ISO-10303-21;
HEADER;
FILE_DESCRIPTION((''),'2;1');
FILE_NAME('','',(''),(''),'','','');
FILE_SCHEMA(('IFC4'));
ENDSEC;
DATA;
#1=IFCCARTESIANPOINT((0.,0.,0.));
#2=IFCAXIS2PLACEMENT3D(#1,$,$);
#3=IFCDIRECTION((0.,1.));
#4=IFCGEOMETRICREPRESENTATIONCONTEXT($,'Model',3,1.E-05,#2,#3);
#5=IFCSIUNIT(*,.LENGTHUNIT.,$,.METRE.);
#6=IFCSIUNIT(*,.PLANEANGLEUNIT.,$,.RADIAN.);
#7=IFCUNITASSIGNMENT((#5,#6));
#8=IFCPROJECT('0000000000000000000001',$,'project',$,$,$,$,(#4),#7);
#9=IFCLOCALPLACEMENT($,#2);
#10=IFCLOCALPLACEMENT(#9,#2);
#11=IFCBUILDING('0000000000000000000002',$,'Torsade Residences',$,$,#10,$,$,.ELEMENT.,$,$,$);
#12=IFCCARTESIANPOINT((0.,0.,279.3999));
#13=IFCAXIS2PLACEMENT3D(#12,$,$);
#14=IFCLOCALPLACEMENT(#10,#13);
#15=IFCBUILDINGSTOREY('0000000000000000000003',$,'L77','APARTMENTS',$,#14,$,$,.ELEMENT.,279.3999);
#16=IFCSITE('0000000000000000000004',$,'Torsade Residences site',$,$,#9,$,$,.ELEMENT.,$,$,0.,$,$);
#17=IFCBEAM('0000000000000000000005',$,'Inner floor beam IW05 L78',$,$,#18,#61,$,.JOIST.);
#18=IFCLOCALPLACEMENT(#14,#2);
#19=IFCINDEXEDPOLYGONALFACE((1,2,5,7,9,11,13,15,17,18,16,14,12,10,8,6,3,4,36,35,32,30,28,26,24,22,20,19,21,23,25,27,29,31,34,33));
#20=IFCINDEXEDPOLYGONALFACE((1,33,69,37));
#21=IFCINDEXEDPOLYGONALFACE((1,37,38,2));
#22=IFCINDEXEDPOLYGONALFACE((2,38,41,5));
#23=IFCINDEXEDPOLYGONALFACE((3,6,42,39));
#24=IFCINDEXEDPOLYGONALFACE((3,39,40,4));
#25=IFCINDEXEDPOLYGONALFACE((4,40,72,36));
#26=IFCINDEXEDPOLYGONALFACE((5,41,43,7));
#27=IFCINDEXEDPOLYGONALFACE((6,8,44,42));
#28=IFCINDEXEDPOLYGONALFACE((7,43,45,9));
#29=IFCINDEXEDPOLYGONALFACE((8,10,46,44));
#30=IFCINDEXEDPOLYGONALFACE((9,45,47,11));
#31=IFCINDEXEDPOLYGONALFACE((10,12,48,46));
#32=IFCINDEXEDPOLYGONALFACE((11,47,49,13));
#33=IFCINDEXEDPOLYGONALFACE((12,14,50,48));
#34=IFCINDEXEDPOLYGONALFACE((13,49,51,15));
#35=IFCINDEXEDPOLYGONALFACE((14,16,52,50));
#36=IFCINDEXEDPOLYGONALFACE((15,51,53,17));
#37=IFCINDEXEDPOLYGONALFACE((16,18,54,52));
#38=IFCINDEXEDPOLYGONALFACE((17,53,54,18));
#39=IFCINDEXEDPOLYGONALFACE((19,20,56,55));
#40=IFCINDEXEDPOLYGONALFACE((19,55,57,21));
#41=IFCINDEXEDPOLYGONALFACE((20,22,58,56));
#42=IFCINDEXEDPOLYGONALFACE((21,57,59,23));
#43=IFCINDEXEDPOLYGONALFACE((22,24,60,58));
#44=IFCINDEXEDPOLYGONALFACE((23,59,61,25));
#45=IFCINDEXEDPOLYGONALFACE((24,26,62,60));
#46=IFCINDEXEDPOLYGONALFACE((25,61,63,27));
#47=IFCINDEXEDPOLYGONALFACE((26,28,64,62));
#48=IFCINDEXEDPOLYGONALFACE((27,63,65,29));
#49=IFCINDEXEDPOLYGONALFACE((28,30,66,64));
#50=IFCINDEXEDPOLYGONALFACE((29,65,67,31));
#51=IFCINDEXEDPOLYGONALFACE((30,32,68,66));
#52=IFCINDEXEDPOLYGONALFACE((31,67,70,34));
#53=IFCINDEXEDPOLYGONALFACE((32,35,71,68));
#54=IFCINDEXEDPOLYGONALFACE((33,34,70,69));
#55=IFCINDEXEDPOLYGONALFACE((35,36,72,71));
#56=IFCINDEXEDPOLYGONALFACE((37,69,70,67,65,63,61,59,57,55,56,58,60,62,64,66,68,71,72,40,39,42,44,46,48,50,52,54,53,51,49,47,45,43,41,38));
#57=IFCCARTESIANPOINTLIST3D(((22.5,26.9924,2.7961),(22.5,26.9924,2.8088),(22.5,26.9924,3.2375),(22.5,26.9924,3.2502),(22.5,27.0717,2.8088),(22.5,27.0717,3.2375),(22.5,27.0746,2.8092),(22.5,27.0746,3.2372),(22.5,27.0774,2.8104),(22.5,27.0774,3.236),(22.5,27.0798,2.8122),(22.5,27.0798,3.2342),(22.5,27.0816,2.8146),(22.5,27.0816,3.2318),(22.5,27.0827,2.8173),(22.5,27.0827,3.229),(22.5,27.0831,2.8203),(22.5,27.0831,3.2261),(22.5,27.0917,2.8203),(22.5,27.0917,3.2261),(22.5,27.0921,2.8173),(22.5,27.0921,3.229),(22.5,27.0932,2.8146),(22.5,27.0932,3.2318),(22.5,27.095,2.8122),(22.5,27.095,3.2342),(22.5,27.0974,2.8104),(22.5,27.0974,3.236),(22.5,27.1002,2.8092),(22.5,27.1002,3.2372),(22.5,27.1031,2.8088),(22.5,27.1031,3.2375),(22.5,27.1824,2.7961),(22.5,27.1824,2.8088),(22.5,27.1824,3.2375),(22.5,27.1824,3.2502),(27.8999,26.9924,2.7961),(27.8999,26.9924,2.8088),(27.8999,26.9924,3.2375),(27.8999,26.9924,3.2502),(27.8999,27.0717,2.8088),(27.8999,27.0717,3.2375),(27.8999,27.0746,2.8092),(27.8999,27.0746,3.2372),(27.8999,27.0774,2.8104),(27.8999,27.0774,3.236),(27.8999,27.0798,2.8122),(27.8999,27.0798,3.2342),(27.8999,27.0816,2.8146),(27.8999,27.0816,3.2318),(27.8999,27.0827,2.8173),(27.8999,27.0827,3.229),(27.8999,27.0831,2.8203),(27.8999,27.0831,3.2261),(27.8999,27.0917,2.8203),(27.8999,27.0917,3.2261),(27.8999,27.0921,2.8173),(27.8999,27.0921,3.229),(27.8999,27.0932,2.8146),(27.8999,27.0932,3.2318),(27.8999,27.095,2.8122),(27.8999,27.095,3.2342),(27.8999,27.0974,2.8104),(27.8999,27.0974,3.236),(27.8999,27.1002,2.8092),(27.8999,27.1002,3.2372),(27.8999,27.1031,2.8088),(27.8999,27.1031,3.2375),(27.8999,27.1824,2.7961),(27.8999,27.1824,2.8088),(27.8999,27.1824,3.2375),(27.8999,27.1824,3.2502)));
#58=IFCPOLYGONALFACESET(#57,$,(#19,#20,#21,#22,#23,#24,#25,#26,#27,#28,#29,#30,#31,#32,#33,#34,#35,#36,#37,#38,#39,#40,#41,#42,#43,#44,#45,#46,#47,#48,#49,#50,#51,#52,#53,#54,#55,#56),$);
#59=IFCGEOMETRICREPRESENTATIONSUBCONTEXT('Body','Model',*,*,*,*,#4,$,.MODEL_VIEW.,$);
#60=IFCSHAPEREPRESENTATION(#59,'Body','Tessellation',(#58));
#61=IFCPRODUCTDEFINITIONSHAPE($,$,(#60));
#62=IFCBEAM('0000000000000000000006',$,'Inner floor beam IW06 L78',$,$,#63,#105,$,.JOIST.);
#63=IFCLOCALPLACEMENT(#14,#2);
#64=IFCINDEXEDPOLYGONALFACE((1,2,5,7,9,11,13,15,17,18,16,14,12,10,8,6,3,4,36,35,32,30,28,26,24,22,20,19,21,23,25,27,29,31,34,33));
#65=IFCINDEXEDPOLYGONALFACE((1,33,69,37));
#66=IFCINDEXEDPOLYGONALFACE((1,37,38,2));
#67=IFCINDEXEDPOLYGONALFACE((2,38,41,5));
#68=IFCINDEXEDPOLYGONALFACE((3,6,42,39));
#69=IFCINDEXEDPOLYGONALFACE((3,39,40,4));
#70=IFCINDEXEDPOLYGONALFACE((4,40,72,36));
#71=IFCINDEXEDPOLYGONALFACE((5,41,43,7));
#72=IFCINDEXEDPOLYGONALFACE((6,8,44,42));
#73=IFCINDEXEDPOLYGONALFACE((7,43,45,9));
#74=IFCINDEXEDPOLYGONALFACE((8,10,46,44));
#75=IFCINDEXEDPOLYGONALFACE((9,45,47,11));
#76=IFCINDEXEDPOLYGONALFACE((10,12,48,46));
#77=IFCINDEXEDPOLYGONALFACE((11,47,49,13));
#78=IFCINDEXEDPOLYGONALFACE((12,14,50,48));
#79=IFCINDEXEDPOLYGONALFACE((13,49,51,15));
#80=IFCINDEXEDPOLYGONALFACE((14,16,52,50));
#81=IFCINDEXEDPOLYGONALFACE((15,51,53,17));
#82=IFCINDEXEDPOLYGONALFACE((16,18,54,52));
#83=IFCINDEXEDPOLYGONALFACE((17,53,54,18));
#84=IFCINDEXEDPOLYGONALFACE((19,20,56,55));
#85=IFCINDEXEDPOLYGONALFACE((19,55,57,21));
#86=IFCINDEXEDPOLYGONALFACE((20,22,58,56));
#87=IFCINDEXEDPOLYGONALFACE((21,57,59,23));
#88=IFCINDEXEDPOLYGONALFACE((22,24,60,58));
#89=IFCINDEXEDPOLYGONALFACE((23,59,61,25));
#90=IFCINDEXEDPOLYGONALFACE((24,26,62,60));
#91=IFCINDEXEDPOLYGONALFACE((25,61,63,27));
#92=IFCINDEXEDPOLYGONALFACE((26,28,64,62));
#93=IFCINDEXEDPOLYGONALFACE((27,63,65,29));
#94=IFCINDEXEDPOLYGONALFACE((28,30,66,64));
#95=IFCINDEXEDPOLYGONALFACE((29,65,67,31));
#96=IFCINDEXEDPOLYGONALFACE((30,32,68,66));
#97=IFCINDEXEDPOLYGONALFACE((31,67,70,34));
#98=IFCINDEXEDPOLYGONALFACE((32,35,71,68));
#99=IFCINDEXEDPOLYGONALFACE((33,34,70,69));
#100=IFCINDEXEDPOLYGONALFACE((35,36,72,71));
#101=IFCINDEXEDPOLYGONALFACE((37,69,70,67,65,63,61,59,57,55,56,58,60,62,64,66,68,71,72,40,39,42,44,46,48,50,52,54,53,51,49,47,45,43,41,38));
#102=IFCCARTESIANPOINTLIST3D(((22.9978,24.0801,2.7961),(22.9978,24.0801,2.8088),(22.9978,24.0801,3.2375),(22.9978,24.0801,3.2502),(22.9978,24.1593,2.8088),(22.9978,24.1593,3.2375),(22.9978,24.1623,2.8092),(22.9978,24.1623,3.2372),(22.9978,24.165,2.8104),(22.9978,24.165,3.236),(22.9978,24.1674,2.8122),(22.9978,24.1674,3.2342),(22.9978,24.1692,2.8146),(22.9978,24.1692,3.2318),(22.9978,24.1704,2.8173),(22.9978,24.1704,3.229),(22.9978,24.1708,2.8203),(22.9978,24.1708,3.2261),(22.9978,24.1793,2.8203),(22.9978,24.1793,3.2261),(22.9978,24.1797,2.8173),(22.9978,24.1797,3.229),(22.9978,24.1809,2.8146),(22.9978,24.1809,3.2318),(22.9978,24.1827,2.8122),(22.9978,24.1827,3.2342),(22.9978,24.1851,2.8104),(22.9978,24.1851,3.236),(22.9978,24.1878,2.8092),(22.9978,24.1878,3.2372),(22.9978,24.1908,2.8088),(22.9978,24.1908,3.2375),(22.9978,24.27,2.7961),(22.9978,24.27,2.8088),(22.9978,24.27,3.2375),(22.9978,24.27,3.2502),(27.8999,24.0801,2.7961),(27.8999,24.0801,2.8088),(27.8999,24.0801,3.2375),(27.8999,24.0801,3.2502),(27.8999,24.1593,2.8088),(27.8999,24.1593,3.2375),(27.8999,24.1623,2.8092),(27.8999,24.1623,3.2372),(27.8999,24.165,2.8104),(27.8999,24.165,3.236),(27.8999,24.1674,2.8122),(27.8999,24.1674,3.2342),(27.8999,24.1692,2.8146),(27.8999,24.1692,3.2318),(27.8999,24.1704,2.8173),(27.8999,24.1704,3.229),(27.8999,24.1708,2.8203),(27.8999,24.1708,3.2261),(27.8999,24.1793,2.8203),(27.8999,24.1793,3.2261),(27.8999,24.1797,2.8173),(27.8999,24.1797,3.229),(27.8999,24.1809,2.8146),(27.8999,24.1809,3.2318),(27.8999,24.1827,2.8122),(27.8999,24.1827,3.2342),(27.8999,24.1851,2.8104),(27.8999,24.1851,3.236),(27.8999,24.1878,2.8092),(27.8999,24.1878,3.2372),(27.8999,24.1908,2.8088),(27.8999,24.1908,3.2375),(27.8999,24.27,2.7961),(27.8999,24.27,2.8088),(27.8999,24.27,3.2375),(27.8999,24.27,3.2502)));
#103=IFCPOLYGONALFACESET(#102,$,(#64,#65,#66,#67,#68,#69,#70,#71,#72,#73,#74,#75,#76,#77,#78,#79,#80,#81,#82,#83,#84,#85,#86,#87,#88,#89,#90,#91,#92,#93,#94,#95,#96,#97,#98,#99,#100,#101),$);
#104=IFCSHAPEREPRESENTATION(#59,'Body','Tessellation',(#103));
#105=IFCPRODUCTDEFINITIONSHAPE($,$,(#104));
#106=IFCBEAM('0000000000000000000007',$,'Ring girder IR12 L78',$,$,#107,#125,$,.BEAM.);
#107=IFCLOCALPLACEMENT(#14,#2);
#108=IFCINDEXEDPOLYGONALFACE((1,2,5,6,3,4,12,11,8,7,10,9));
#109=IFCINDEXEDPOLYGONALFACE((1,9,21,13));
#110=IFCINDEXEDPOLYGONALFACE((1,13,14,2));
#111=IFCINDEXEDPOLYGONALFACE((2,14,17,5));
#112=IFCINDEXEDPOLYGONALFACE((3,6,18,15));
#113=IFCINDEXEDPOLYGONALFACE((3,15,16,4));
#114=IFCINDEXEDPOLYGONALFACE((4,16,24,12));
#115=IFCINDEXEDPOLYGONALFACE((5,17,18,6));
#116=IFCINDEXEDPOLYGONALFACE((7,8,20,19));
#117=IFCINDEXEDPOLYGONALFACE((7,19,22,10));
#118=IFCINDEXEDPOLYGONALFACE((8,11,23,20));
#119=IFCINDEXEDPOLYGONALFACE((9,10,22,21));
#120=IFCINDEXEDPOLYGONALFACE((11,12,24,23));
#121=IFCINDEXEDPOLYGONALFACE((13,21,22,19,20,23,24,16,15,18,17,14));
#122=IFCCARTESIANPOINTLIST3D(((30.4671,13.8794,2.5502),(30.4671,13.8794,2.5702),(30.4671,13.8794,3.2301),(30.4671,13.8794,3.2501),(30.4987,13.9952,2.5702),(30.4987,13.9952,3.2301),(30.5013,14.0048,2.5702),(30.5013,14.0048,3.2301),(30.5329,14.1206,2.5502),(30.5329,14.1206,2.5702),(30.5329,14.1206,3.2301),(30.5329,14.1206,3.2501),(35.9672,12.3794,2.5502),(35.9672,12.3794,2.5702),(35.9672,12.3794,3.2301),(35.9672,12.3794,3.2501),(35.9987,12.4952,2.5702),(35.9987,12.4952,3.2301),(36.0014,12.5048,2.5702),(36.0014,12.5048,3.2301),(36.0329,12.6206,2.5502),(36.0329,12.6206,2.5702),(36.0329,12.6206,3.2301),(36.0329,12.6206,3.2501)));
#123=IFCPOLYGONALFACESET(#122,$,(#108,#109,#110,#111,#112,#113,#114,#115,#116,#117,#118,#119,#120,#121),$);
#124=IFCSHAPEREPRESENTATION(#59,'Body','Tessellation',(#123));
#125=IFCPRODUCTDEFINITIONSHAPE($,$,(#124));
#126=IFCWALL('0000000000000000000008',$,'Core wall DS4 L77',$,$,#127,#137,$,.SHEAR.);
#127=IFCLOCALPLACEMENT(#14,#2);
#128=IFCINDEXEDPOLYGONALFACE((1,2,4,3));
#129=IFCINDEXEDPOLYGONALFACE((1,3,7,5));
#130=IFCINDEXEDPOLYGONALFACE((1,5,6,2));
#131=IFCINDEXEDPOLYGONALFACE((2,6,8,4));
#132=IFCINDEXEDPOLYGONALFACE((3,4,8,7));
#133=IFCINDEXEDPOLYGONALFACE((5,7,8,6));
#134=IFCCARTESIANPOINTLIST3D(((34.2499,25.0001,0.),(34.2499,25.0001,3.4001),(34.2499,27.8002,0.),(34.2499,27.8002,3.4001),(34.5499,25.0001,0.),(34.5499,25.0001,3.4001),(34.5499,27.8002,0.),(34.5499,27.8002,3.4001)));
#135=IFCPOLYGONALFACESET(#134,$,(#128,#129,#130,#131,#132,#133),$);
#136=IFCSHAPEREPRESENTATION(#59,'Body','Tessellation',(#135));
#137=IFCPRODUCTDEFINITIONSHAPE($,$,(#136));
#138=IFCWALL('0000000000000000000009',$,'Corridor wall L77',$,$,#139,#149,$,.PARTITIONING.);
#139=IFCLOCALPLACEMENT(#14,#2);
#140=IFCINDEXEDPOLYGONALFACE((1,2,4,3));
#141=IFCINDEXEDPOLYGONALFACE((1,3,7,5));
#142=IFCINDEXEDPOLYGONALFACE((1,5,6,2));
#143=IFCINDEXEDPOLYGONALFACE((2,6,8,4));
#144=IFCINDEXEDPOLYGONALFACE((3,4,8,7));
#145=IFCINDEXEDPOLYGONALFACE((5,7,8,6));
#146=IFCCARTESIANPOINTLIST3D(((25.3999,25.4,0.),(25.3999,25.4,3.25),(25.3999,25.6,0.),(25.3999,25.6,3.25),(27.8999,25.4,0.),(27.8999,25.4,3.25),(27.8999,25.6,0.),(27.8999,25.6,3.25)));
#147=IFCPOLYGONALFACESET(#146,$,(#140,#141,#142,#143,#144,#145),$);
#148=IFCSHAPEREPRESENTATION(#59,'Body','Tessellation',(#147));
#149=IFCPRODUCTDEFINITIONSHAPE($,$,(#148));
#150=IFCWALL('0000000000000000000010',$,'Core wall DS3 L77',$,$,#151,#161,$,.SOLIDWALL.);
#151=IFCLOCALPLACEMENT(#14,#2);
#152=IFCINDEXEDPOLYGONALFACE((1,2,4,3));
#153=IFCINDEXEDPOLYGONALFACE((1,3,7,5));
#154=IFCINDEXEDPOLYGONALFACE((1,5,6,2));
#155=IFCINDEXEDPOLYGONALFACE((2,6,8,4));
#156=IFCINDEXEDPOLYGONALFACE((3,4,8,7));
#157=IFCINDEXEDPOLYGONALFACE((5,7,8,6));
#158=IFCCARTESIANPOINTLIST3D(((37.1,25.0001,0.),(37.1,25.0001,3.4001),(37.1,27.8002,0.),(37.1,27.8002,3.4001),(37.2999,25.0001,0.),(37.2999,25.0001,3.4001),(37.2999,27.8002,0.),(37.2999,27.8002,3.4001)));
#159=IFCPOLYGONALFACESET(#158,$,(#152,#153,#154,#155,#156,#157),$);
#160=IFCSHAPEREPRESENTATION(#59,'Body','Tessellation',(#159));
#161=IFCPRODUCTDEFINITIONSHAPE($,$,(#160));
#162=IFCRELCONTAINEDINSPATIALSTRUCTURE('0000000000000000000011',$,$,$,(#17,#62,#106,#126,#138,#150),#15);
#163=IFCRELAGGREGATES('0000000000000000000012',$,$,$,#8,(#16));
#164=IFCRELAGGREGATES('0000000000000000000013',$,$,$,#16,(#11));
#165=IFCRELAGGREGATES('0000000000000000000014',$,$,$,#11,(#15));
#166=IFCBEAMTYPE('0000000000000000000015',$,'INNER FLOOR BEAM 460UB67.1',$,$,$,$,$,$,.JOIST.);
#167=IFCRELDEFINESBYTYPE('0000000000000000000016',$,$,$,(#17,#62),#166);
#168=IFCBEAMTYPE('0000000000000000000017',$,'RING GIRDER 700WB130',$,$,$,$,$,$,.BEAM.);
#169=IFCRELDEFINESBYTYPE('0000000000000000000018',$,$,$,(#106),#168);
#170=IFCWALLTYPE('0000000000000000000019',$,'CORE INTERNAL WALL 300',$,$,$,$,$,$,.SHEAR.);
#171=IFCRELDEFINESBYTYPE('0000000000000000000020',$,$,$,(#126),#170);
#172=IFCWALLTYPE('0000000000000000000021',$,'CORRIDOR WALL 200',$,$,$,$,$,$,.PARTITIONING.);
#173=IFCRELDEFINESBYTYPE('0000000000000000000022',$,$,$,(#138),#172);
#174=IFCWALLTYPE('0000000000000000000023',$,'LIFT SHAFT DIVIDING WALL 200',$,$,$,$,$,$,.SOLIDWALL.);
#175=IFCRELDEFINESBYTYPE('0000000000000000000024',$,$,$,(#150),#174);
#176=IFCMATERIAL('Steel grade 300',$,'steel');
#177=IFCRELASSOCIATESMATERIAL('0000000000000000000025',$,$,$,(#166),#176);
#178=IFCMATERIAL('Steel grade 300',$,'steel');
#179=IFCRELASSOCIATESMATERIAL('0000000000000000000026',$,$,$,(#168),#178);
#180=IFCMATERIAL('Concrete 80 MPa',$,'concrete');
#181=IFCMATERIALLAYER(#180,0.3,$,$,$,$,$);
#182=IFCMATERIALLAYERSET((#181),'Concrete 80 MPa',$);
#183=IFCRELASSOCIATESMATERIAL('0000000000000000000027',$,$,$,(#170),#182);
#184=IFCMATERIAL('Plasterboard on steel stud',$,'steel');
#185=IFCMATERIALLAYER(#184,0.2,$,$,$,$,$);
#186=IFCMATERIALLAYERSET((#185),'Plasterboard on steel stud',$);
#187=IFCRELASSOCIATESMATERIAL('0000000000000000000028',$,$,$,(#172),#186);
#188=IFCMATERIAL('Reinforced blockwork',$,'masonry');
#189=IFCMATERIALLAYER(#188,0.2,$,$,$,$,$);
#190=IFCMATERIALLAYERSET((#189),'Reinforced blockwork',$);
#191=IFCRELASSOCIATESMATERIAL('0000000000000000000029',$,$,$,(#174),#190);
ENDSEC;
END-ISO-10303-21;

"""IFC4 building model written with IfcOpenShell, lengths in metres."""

from ifc_helpers import new_model, si_unit, direction, frame, frame_2d, origin, origin_2d, place, context, subcontext, project, spatial, rectangle, i_section, extrude, material, layer, layer_set, material_profile, profile_set, type_object, element, save


model = new_model("IFC4")

# Units and contexts
model_context = context("Model", 3, precision=1e-05, world=origin(), true_north=direction((0.0, 1.0)))
body_context = subcontext(model_context, "Body", "Model", "MODEL_VIEW")
ifc_project = project(units=[si_unit("LENGTHUNIT", "METRE"), si_unit("PLANEANGLEUNIT", "RADIAN")], contexts=[model_context])

# Site, building, storey
site_placement = place(None, origin())
site = spatial("IfcSite", under=ifc_project, at=site_placement, Name="Torsade Residences site", CompositionType="ELEMENT", RefElevation=0.0)
building_placement = place(site_placement, origin())
building = spatial("IfcBuilding", under=site, at=building_placement, Name="Torsade Residences", CompositionType="ELEMENT")
storey_placement = place(building_placement, frame((0.0, 0.0, 279.3999)))
storey = spatial("IfcBuildingStorey", under=building, at=storey_placement, Name="L77", Description="APARTMENTS", CompositionType="ELEMENT", Elevation=279.3999)

# Beams
ifc_material_1 = material(Name="Steel grade 300", Category="steel")
ifc_material_profile_1 = material_profile(ifc_material_1, i_section(OverallWidth=0.1899, OverallDepth=0.4541, WebThickness=0.0085, FlangeThickness=0.0127, FilletRadius=0.0115, at=origin_2d()), Name="460UB67.1")
ifc_profile_set_1 = profile_set([ifc_material_profile_1], Name="Steel grade 300")
beam_type_1 = type_object("IfcBeamType", Name="INNER FLOOR BEAM 460UB67.1", PredefinedType="JOIST", material=ifc_profile_set_1)
beam_1_placement = place(storey_placement, frame((27.8999, 27.0874, 3.0232), z_axis=(-1.0, 0.0, 0.0), x_axis=(0.0, -1.0, 0.0)))
element("IfcBeam", 1, at=beam_1_placement, inside=storey, type_object=beam_type_1, Name="Inner floor beam IW05 L78", PredefinedType="JOIST", context=body_context, shape_type="SweptSolid", body=[
    extrude(i_section(OverallWidth=0.1899, OverallDepth=0.4541, WebThickness=0.0085, FlangeThickness=0.0127, FilletRadius=0.0115, at=origin_2d()), origin(), (0.0, 0.0, 1.0), 5.3999),
])
beam_2_placement = place(storey_placement, frame((27.8999, 24.175, 3.0232), z_axis=(-1.0, 0.0, 0.0), x_axis=(0.0, -1.0, 0.0)))
element("IfcBeam", 2, at=beam_2_placement, inside=storey, type_object=beam_type_1, Name="Inner floor beam IW06 L78", PredefinedType="JOIST", context=body_context, shape_type="SweptSolid", body=[
    extrude(i_section(OverallWidth=0.1899, OverallDepth=0.4541, WebThickness=0.0085, FlangeThickness=0.0127, FilletRadius=0.0115, at=origin_2d()), origin(), (0.0, 0.0, 1.0), 4.9021),
])
ifc_material_2 = material(Name="Steel grade 300", Category="steel")
ifc_material_profile_2 = material_profile(ifc_material_2, i_section(OverallWidth=0.25, OverallDepth=0.7, WebThickness=0.01, FlangeThickness=0.02, at=origin_2d()), Name="700WB130")
ifc_profile_set_2 = profile_set([ifc_material_profile_2], Name="Steel grade 300")
beam_type_2 = type_object("IfcBeamType", Name="RING GIRDER 700WB130", PredefinedType="BEAM", material=ifc_profile_set_2)
beam_3_placement = place(storey_placement, frame((30.5, 14.0, 2.9001), z_axis=(0.964764, -0.263117, 0.0), x_axis=(0.263117, 0.964764, 0.0)))
element("IfcBeam", 3, at=beam_3_placement, inside=storey, type_object=beam_type_2, Name="Ring girder IR12 L78", PredefinedType="BEAM", context=body_context, shape_type="SweptSolid", body=[
    extrude(i_section(OverallWidth=0.25, OverallDepth=0.7, WebThickness=0.01, FlangeThickness=0.02, at=origin_2d()), origin(), (0.0, 0.0, 1.0), 5.7009),
])

# Walls
ifc_material_3 = material(Name="Concrete 80 MPa", Category="concrete")
ifc_layer_1 = layer(ifc_material_3, 0.3)
ifc_layer_set_1 = layer_set([ifc_layer_1], Name="Concrete 80 MPa")
wall_type_1 = type_object("IfcWallType", Name="CORE INTERNAL WALL 300", PredefinedType="SHEAR", material=ifc_layer_set_1)
wall_1_placement = place(storey_placement, frame((34.3999, 27.8, 0.0), z_axis=(0.0, 0.0, 1.0), x_axis=(0.0, -1.0, 0.0)))
element("IfcWall", 4, at=wall_1_placement, inside=storey, type_object=wall_type_1, Name="Core wall DS4 L77", PredefinedType="SHEAR", context=body_context, shape_type="SweptSolid", body=[
    extrude(rectangle(XDim=2.8, YDim=0.3, at=frame_2d((1.3999, 0.0))), origin(), (0.0, 0.0, 1.0), 3.4001),
])
ifc_material_4 = material(Name="Plasterboard on steel stud", Category="steel")
ifc_layer_2 = layer(ifc_material_4, 0.2)
ifc_layer_set_2 = layer_set([ifc_layer_2], Name="Plasterboard on steel stud")
wall_type_2 = type_object("IfcWallType", Name="CORRIDOR WALL 200", PredefinedType="PARTITIONING", material=ifc_layer_set_2)
wall_2_placement = place(storey_placement, frame((27.8999, 25.5, 0.0), z_axis=(0.0, 0.0, 1.0), x_axis=(-1.0, 0.0, 0.0)))
element("IfcWall", 5, at=wall_2_placement, inside=storey, type_object=wall_type_2, Name="Corridor wall L77", PredefinedType="PARTITIONING", context=body_context, shape_type="SweptSolid", body=[
    extrude(rectangle(XDim=2.5, YDim=0.2, at=frame_2d((1.25, 0.0))), origin(), (0.0, 0.0, 1.0), 3.25),
])
ifc_material_5 = material(Name="Reinforced blockwork", Category="masonry")
ifc_layer_3 = layer(ifc_material_5, 0.2)
ifc_layer_set_3 = layer_set([ifc_layer_3], Name="Reinforced blockwork")
wall_type_3 = type_object("IfcWallType", Name="LIFT SHAFT DIVIDING WALL 200", PredefinedType="SOLIDWALL", material=ifc_layer_set_3)
wall_3_placement = place(storey_placement, frame((37.2, 27.8, 0.0), z_axis=(0.0, 0.0, 1.0), x_axis=(0.0, -1.0, 0.0)))
element("IfcWall", 6, at=wall_3_placement, inside=storey, type_object=wall_type_3, Name="Core wall DS3 L77", PredefinedType="SOLIDWALL", context=body_context, shape_type="SweptSolid", body=[
    extrude(rectangle(XDim=2.8, YDim=0.2, at=frame_2d((1.3999, 0.0))), origin(), (0.0, 0.0, 1.0), 3.4001),
])

save(model, "model.ifc")
